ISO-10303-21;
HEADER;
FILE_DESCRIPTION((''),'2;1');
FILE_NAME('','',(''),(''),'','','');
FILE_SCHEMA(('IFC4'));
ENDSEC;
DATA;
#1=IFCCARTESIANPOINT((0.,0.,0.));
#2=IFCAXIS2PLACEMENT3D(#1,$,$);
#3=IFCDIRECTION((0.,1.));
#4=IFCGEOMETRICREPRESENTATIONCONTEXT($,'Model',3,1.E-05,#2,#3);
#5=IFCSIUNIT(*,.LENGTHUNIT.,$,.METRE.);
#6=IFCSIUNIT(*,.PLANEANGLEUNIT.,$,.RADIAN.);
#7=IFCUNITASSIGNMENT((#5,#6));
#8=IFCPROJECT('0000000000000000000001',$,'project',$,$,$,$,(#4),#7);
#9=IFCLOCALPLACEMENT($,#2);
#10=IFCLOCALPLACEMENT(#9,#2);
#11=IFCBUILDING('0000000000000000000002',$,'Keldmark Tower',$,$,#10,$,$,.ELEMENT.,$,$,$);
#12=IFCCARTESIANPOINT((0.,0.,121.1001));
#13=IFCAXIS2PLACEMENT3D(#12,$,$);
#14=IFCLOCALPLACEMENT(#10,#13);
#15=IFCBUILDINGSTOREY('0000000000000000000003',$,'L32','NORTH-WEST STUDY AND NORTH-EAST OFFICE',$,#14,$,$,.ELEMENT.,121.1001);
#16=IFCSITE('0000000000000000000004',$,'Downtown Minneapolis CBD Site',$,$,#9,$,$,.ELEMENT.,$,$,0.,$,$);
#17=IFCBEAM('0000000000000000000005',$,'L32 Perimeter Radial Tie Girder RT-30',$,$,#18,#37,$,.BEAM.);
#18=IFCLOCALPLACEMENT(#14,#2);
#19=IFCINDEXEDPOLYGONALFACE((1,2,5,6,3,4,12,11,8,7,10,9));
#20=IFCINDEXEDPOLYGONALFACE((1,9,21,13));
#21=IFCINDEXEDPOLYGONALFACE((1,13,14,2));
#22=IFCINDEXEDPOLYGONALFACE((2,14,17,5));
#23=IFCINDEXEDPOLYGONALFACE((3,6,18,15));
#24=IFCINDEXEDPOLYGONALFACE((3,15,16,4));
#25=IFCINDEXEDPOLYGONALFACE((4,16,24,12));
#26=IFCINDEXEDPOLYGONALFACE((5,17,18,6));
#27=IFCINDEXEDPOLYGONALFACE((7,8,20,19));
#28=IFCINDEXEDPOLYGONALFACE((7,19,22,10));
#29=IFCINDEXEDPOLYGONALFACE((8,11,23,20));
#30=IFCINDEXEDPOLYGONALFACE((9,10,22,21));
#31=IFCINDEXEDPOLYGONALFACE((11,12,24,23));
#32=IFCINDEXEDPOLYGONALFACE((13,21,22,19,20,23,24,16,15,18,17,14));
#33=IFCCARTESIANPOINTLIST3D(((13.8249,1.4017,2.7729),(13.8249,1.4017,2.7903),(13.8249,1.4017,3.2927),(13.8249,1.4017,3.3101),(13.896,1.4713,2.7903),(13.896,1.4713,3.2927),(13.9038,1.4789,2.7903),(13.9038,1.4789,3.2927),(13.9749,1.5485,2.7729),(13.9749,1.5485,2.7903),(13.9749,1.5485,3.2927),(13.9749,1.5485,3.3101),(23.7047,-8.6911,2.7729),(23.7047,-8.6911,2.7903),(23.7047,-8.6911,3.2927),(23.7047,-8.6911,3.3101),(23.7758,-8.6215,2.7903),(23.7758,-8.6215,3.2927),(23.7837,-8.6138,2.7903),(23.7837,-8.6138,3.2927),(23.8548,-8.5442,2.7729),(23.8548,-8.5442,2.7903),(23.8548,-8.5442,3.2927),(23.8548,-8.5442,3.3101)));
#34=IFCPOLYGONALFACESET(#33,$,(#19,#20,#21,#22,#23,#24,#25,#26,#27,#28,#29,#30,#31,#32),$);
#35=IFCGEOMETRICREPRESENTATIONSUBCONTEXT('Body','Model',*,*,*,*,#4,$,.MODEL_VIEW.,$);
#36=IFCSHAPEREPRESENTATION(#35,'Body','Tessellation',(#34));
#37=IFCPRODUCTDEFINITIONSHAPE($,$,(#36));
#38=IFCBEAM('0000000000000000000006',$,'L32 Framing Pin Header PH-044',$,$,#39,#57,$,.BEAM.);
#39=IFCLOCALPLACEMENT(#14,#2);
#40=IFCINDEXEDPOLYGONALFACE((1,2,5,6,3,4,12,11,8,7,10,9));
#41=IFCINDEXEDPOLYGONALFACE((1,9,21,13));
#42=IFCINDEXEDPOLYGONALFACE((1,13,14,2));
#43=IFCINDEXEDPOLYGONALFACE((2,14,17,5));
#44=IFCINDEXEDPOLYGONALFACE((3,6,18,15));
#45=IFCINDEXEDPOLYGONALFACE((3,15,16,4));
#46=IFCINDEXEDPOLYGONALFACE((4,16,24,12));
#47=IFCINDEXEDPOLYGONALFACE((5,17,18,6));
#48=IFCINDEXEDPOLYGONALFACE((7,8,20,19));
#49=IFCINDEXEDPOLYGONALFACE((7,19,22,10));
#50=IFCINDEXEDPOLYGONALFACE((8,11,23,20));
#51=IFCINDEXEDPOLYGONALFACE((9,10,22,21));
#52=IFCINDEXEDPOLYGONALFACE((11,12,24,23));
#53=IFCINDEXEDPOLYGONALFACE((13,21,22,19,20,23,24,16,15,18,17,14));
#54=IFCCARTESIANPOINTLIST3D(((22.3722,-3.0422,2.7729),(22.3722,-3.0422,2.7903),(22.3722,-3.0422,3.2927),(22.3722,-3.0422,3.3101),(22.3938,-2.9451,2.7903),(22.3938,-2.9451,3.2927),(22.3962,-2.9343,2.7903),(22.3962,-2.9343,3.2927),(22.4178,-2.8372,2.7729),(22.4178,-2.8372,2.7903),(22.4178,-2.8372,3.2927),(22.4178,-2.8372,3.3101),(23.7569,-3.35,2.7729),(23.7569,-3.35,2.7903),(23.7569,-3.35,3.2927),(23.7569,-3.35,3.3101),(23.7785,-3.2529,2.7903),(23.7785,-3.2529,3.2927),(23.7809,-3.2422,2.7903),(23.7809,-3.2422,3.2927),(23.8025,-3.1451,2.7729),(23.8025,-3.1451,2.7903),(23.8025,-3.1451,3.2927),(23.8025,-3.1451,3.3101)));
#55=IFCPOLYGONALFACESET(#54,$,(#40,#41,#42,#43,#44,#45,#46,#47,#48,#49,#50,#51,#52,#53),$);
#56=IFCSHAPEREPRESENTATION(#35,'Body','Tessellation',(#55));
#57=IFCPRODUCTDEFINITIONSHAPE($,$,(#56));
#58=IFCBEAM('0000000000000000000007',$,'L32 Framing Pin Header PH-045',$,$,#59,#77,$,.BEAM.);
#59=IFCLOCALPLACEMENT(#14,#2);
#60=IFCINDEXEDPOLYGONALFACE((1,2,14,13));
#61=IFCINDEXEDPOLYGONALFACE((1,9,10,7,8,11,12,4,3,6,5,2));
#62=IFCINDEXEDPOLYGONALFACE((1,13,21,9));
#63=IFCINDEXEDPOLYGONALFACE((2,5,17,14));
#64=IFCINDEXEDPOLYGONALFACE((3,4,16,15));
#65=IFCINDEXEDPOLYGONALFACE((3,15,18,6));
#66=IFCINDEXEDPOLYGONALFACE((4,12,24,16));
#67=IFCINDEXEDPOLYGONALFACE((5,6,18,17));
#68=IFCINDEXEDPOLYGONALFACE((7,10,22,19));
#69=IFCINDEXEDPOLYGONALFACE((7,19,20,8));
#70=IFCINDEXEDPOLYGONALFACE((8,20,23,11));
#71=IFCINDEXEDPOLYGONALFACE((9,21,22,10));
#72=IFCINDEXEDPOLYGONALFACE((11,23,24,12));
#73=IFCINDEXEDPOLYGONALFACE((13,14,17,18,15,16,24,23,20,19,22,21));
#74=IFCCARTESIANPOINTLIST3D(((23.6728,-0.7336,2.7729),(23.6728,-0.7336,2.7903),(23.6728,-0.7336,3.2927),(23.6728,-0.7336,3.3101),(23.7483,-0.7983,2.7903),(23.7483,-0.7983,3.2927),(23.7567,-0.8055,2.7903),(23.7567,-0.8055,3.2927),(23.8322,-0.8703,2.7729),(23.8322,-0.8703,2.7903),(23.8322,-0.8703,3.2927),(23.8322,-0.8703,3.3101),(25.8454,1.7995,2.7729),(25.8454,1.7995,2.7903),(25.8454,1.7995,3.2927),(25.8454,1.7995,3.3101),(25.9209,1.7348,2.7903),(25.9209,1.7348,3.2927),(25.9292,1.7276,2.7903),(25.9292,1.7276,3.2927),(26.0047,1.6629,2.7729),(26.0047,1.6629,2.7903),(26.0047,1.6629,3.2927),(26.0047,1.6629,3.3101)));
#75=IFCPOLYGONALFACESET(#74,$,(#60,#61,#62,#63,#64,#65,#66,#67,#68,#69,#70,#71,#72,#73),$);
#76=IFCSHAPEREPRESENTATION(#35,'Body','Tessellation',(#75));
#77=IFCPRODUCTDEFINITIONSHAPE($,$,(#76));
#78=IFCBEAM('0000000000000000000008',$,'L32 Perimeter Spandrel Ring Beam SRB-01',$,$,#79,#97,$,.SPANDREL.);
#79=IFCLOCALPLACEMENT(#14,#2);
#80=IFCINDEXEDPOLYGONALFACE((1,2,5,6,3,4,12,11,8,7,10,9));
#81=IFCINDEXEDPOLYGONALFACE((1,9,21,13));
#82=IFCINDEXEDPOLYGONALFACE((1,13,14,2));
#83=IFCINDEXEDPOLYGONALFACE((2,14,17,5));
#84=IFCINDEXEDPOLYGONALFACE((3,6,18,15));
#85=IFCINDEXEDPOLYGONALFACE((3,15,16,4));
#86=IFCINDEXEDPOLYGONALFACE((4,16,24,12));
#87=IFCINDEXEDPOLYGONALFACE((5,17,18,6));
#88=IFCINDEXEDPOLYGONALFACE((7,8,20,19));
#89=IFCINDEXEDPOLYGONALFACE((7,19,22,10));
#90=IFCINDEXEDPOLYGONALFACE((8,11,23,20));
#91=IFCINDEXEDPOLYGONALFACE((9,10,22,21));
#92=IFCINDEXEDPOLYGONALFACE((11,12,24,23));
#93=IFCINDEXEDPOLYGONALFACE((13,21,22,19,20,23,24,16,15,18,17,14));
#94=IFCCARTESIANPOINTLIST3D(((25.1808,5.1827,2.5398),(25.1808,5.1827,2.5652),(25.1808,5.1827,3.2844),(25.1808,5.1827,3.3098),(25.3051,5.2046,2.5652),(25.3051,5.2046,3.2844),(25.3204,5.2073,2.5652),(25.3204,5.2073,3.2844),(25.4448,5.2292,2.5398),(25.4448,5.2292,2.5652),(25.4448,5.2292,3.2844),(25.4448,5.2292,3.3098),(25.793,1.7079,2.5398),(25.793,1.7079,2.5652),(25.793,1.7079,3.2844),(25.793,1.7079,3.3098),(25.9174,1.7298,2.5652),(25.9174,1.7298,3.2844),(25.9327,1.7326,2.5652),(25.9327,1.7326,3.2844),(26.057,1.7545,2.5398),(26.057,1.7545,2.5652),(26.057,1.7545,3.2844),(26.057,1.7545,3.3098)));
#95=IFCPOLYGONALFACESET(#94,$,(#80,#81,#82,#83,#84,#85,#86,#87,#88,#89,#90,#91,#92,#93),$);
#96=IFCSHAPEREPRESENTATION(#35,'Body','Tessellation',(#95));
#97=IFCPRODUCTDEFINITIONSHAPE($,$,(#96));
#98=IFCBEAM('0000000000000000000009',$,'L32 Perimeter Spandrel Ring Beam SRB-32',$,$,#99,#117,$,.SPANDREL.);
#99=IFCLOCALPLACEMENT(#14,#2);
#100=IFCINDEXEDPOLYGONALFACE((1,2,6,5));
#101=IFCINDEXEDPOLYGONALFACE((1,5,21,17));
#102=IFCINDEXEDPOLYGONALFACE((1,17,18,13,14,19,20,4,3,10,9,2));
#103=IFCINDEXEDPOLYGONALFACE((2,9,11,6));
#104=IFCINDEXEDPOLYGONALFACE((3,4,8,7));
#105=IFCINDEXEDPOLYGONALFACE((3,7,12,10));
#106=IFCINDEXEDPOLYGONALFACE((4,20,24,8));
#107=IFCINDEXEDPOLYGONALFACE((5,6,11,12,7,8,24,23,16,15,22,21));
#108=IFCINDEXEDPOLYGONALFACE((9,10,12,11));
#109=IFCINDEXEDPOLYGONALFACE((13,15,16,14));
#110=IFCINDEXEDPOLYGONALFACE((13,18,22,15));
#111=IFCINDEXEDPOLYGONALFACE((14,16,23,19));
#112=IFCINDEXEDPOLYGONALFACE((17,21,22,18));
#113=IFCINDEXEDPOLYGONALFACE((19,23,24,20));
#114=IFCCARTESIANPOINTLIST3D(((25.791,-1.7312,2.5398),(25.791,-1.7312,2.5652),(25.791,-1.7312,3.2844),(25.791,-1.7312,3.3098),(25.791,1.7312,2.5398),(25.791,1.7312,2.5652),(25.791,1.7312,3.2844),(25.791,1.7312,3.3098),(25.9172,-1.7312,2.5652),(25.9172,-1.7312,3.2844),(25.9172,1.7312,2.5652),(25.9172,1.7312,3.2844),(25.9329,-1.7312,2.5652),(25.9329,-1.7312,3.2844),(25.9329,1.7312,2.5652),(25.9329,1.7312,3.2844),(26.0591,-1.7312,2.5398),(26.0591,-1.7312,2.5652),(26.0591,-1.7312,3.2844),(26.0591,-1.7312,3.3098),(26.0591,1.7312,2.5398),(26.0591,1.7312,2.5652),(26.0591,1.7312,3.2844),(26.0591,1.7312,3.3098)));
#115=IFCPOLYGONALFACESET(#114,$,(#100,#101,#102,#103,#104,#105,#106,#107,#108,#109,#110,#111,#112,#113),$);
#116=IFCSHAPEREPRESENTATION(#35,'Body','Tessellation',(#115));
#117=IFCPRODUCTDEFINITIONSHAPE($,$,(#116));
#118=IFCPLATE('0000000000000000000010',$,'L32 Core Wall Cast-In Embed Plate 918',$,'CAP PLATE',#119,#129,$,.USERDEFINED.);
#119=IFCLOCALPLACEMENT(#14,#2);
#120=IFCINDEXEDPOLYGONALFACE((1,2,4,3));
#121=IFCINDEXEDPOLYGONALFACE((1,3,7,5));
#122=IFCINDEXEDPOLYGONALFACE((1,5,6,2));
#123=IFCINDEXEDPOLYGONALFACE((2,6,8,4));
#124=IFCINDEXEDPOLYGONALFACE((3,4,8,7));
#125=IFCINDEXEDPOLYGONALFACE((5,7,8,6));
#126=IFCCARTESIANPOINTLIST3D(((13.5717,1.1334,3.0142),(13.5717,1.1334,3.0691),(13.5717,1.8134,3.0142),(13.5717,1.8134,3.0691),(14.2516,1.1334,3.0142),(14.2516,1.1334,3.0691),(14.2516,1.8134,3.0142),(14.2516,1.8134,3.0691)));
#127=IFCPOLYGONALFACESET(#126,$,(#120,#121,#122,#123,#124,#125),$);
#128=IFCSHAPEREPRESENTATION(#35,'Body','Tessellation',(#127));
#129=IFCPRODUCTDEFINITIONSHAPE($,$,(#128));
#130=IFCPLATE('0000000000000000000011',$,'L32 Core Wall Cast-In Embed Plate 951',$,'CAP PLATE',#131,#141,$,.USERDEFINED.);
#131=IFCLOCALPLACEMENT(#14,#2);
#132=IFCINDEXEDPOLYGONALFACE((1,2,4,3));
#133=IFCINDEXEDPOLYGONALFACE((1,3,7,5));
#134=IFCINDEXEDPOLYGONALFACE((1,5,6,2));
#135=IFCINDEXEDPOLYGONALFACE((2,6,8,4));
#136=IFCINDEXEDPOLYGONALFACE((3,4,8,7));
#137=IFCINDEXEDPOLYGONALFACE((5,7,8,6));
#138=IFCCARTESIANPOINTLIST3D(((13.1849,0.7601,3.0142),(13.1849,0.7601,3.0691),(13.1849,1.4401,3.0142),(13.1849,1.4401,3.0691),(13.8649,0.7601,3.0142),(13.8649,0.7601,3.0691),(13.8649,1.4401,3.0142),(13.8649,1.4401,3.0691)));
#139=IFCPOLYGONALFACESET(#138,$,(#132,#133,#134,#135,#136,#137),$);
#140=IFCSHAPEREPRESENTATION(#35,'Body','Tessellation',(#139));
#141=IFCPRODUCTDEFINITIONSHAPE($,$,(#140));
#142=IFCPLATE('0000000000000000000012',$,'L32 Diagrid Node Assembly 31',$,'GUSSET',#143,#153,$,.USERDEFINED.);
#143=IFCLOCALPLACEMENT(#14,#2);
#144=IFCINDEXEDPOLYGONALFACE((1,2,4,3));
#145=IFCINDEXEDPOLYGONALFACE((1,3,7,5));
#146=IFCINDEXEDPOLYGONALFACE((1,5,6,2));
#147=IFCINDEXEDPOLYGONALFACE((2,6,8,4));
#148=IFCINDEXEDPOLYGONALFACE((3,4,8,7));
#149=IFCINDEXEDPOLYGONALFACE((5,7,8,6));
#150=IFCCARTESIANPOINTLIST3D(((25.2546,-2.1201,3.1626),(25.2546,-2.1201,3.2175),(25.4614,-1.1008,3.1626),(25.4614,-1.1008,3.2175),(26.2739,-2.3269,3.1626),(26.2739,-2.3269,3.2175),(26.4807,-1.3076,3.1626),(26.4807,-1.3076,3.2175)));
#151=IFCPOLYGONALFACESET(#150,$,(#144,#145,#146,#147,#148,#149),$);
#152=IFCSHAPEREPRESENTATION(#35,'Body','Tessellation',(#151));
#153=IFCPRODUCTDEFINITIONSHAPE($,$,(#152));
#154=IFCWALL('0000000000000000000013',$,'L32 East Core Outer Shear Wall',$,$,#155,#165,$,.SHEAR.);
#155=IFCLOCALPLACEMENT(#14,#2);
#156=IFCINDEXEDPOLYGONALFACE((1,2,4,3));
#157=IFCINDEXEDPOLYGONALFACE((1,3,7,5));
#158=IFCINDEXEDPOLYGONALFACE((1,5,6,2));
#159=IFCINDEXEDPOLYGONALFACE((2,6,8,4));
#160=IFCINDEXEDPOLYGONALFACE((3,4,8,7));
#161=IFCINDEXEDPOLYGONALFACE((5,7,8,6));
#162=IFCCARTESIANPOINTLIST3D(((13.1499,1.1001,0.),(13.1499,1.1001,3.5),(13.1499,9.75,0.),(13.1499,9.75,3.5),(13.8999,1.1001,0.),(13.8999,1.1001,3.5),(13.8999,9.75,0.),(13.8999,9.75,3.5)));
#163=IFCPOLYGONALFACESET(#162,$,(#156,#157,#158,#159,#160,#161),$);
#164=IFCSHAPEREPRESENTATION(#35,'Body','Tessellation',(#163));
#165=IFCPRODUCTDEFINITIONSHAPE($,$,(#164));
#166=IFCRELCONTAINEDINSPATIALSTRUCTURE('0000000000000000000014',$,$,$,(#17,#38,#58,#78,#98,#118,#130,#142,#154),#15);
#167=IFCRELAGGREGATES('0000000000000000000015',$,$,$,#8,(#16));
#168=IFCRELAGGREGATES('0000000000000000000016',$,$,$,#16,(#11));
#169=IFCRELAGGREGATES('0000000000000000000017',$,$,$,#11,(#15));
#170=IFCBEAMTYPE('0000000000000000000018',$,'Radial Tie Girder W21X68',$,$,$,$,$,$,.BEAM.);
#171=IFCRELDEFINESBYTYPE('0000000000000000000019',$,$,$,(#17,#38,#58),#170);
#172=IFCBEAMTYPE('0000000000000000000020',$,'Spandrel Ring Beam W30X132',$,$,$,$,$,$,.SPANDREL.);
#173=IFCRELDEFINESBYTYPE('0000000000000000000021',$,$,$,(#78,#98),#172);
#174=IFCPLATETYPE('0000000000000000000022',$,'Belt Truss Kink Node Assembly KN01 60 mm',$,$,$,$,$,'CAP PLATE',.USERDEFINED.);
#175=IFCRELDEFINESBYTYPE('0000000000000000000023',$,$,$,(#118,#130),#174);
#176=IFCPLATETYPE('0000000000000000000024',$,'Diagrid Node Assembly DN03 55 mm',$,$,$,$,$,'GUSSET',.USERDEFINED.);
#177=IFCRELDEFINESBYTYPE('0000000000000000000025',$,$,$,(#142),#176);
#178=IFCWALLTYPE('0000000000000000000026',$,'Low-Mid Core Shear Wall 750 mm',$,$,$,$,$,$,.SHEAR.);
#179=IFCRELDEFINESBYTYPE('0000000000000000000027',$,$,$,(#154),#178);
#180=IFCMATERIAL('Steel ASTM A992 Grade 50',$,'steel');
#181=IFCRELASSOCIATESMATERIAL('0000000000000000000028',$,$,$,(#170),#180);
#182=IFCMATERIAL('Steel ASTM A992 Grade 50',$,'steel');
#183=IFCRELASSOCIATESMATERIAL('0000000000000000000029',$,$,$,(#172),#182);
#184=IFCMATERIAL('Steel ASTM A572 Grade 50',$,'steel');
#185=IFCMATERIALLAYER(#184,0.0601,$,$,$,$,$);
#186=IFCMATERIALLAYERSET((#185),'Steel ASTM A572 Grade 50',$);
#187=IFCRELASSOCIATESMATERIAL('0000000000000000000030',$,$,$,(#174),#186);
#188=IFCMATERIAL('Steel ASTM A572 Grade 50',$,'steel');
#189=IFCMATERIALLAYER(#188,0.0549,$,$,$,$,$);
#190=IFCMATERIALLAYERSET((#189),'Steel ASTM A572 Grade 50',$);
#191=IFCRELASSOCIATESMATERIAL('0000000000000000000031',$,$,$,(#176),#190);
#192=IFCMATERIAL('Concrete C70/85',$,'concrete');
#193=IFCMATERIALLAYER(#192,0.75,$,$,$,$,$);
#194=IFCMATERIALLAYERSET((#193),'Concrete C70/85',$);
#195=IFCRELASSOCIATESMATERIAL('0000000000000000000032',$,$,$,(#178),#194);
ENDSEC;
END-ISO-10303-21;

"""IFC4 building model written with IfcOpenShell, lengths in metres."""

from ifc_helpers import new_model, si_unit, direction, frame, frame_2d, origin, origin_2d, place, context, subcontext, project, spatial, rectangle, i_section, extrude, material, layer, layer_set, material_profile, profile_set, type_object, element, save


model = new_model("IFC4")

# Units and contexts
model_context = context("Model", 3, precision=1e-05, world=origin(), true_north=direction((0.0, 1.0)))
body_context = subcontext(model_context, "Body", "Model", "MODEL_VIEW")
ifc_project = project(units=[si_unit("LENGTHUNIT", "METRE"), si_unit("PLANEANGLEUNIT", "RADIAN")], contexts=[model_context])

# Site, building, storey
site_placement = place(None, origin())
site = spatial("IfcSite", under=ifc_project, at=site_placement, Name="Downtown Minneapolis CBD Site", CompositionType="ELEMENT", RefElevation=0.0)
building_placement = place(site_placement, origin())
building = spatial("IfcBuilding", under=site, at=building_placement, Name="Keldmark Tower", CompositionType="ELEMENT")
storey_placement = place(building_placement, frame((0.0, 0.0, 121.1001)))
storey = spatial("IfcBuildingStorey", under=building, at=storey_placement, Name="L32", Description="NORTH-WEST STUDY AND NORTH-EAST OFFICE", CompositionType="ELEMENT", Elevation=121.1001)

# Beams
ifc_material_1 = material(Name="Steel ASTM A992 Grade 50", Category="steel")
ifc_material_profile_1 = material_profile(ifc_material_1, i_section(OverallWidth=0.21, OverallDepth=0.5371, WebThickness=0.011, FlangeThickness=0.0173, at=origin_2d()), Name="W21X68")
ifc_profile_set_1 = profile_set([ifc_material_profile_1], Name="Steel ASTM A992 Grade 50")
beam_type_1 = type_object("IfcBeamType", Name="Radial Tie Girder W21X68", PredefinedType="BEAM", material=ifc_profile_set_1)
beam_1_placement = place(storey_placement, frame((13.8999, 1.4751, 3.0415), z_axis=(0.69953, -0.714603, 0.0), x_axis=(0.714603, 0.69953, 0.0)))
element("IfcBeam", 1, at=beam_1_placement, inside=storey, type_object=beam_type_1, Name="L32 Perimeter Radial Tie Girder RT-30", PredefinedType="BEAM", context=body_context, shape_type="SweptSolid", body=[
    extrude(i_section(OverallWidth=0.21, OverallDepth=0.5371, WebThickness=0.011, FlangeThickness=0.0173, at=origin_2d()), origin(), (0.0, 0.0, 1.0), 14.1235),
])
beam_2_placement = place(storey_placement, frame((22.395, -2.9397, 3.0415), z_axis=(0.976167, -0.217022, 0.0), x_axis=(0.217022, 0.976167, 0.0)))
element("IfcBeam", 2, at=beam_2_placement, inside=storey, type_object=beam_type_1, Name="L32 Framing Pin Header PH-044", PredefinedType="BEAM", context=body_context, shape_type="SweptSolid", body=[
    extrude(i_section(OverallWidth=0.21, OverallDepth=0.5371, WebThickness=0.011, FlangeThickness=0.0173, at=origin_2d()), origin(), (0.0, 0.0, 1.0), 1.4185),
])
beam_3_placement = place(storey_placement, frame((25.925, 1.7312, 3.0415), z_axis=(-0.651014, -0.759066, 0.0), x_axis=(0.759066, -0.651014, 0.0)))
element("IfcBeam", 3, at=beam_3_placement, inside=storey, type_object=beam_type_1, Name="L32 Framing Pin Header PH-045", PredefinedType="BEAM", context=body_context, shape_type="SweptSolid", body=[
    extrude(i_section(OverallWidth=0.21, OverallDepth=0.5371, WebThickness=0.011, FlangeThickness=0.0173, at=origin_2d()), origin(), (0.0, 0.0, 1.0), 3.3372),
])
ifc_material_2 = material(Name="Steel ASTM A992 Grade 50", Category="steel")
ifc_material_profile_2 = material_profile(ifc_material_2, i_section(OverallWidth=0.2681, OverallDepth=0.77, WebThickness=0.0156, FlangeThickness=0.0254, at=origin_2d()), Name="W30X132")
ifc_profile_set_2 = profile_set([ifc_material_profile_2], Name="Steel ASTM A992 Grade 50")
beam_type_2 = type_object("IfcBeamType", Name="Spandrel Ring Beam W30X132", PredefinedType="SPANDREL", material=ifc_profile_set_2)
beam_4_placement = place(storey_placement, frame((25.925, 1.7312, 2.9248), z_axis=(-0.173537, 0.984827, 0.0), x_axis=(-0.984827, -0.173537, 0.0)))
element("IfcBeam", 4, at=beam_4_placement, inside=storey, type_object=beam_type_2, Name="L32 Perimeter Spandrel Ring Beam SRB-01", PredefinedType="SPANDREL", context=body_context, shape_type="SweptSolid", body=[
    extrude(i_section(OverallWidth=0.2681, OverallDepth=0.77, WebThickness=0.0156, FlangeThickness=0.0254, at=origin_2d()), origin(), (0.0, 0.0, 1.0), 3.5283),
])
beam_5_placement = place(storey_placement, frame((25.925, -1.7312, 2.9248), z_axis=(0.0, 1.0, 0.0), x_axis=(-1.0, 0.0, 0.0)))
element("IfcBeam", 5, at=beam_5_placement, inside=storey, type_object=beam_type_2, Name="L32 Perimeter Spandrel Ring Beam SRB-32", PredefinedType="SPANDREL", context=body_context, shape_type="SweptSolid", body=[
    extrude(i_section(OverallWidth=0.2681, OverallDepth=0.77, WebThickness=0.0156, FlangeThickness=0.0254, at=origin_2d()), origin(), (0.0, 0.0, 1.0), 3.4624),
])

# Plates
ifc_material_3 = material(Name="Steel ASTM A572 Grade 50", Category="steel")
ifc_layer_1 = layer(ifc_material_3, 0.0601)
ifc_layer_set_1 = layer_set([ifc_layer_1], Name="Steel ASTM A572 Grade 50")
plate_type_1 = type_object("IfcPlateType", Name="Belt Truss Kink Node Assembly KN01 60 mm", ElementType="CAP PLATE", PredefinedType="USERDEFINED", material=ifc_layer_set_1)
for number, where, z_axis, x_axis, name in (
    (6, (13.9116, 1.4734, 3.0142), (0.0, 0.0, 1.0), (1.0, 0.0, 0.0), "L32 Core Wall Cast-In Embed Plate 918"),
    (7, (13.5249, 1.1001, 3.0142), (0.0, 0.0, 1.0), (1.0, 0.0, 0.0), "L32 Core Wall Cast-In Embed Plate 951"),
):
    element("IfcPlate", number, at=place(storey_placement, frame(where, z_axis=z_axis, x_axis=x_axis)), inside=storey, type_object=plate_type_1, Name=name, ObjectType="CAP PLATE", PredefinedType="USERDEFINED", context=body_context, shape_type="SweptSolid", body=[
        extrude(rectangle(XDim=0.6799, YDim=0.6799, at=origin_2d()), origin(), (0.0, 0.0, 1.0), 0.0549),
    ])
ifc_material_4 = material(Name="Steel ASTM A572 Grade 50", Category="steel")
ifc_layer_2 = layer(ifc_material_4, 0.0549)
ifc_layer_set_2 = layer_set([ifc_layer_2], Name="Steel ASTM A572 Grade 50")
plate_type_2 = type_object("IfcPlateType", Name="Diagrid Node Assembly DN03 55 mm", ElementType="GUSSET", PredefinedType="USERDEFINED", material=ifc_layer_set_2)
plate_placement = place(storey_placement, frame((25.8677, -1.7139, 3.1626), z_axis=(0.0, 0.0, 1.0), x_axis=(0.198855, 0.980029, 0.0)))
element("IfcPlate", 8, at=plate_placement, inside=storey, type_object=plate_type_2, Name="L32 Diagrid Node Assembly 31", ObjectType="GUSSET", PredefinedType="USERDEFINED", context=body_context, shape_type="SweptSolid", body=[
    extrude(rectangle(XDim=1.04, YDim=1.04, at=origin_2d()), origin(), (0.0, 0.0, 1.0), 0.0549),
])

# Wall
ifc_material_5 = material(Name="Concrete C70/85", Category="concrete")
ifc_layer_3 = layer(ifc_material_5, 0.75)
ifc_layer_set_3 = layer_set([ifc_layer_3], Name="Concrete C70/85")
wall_type_1 = type_object("IfcWallType", Name="Low-Mid Core Shear Wall 750 mm", PredefinedType="SHEAR", material=ifc_layer_set_3)
wall_1_placement = place(storey_placement, frame((13.5249, 1.1001, 0.0), z_axis=(0.0, 0.0, 1.0), x_axis=(0.0, 1.0, 0.0)))
element("IfcWall", 9, at=wall_1_placement, inside=storey, type_object=wall_type_1, Name="L32 East Core Outer Shear Wall", PredefinedType="SHEAR", context=body_context, shape_type="SweptSolid", body=[
    extrude(rectangle(XDim=8.6499, YDim=0.75, at=frame_2d((4.325, 0.0))), origin(), (0.0, 0.0, 1.0), 3.5),
])

save(model, "model.ifc")
